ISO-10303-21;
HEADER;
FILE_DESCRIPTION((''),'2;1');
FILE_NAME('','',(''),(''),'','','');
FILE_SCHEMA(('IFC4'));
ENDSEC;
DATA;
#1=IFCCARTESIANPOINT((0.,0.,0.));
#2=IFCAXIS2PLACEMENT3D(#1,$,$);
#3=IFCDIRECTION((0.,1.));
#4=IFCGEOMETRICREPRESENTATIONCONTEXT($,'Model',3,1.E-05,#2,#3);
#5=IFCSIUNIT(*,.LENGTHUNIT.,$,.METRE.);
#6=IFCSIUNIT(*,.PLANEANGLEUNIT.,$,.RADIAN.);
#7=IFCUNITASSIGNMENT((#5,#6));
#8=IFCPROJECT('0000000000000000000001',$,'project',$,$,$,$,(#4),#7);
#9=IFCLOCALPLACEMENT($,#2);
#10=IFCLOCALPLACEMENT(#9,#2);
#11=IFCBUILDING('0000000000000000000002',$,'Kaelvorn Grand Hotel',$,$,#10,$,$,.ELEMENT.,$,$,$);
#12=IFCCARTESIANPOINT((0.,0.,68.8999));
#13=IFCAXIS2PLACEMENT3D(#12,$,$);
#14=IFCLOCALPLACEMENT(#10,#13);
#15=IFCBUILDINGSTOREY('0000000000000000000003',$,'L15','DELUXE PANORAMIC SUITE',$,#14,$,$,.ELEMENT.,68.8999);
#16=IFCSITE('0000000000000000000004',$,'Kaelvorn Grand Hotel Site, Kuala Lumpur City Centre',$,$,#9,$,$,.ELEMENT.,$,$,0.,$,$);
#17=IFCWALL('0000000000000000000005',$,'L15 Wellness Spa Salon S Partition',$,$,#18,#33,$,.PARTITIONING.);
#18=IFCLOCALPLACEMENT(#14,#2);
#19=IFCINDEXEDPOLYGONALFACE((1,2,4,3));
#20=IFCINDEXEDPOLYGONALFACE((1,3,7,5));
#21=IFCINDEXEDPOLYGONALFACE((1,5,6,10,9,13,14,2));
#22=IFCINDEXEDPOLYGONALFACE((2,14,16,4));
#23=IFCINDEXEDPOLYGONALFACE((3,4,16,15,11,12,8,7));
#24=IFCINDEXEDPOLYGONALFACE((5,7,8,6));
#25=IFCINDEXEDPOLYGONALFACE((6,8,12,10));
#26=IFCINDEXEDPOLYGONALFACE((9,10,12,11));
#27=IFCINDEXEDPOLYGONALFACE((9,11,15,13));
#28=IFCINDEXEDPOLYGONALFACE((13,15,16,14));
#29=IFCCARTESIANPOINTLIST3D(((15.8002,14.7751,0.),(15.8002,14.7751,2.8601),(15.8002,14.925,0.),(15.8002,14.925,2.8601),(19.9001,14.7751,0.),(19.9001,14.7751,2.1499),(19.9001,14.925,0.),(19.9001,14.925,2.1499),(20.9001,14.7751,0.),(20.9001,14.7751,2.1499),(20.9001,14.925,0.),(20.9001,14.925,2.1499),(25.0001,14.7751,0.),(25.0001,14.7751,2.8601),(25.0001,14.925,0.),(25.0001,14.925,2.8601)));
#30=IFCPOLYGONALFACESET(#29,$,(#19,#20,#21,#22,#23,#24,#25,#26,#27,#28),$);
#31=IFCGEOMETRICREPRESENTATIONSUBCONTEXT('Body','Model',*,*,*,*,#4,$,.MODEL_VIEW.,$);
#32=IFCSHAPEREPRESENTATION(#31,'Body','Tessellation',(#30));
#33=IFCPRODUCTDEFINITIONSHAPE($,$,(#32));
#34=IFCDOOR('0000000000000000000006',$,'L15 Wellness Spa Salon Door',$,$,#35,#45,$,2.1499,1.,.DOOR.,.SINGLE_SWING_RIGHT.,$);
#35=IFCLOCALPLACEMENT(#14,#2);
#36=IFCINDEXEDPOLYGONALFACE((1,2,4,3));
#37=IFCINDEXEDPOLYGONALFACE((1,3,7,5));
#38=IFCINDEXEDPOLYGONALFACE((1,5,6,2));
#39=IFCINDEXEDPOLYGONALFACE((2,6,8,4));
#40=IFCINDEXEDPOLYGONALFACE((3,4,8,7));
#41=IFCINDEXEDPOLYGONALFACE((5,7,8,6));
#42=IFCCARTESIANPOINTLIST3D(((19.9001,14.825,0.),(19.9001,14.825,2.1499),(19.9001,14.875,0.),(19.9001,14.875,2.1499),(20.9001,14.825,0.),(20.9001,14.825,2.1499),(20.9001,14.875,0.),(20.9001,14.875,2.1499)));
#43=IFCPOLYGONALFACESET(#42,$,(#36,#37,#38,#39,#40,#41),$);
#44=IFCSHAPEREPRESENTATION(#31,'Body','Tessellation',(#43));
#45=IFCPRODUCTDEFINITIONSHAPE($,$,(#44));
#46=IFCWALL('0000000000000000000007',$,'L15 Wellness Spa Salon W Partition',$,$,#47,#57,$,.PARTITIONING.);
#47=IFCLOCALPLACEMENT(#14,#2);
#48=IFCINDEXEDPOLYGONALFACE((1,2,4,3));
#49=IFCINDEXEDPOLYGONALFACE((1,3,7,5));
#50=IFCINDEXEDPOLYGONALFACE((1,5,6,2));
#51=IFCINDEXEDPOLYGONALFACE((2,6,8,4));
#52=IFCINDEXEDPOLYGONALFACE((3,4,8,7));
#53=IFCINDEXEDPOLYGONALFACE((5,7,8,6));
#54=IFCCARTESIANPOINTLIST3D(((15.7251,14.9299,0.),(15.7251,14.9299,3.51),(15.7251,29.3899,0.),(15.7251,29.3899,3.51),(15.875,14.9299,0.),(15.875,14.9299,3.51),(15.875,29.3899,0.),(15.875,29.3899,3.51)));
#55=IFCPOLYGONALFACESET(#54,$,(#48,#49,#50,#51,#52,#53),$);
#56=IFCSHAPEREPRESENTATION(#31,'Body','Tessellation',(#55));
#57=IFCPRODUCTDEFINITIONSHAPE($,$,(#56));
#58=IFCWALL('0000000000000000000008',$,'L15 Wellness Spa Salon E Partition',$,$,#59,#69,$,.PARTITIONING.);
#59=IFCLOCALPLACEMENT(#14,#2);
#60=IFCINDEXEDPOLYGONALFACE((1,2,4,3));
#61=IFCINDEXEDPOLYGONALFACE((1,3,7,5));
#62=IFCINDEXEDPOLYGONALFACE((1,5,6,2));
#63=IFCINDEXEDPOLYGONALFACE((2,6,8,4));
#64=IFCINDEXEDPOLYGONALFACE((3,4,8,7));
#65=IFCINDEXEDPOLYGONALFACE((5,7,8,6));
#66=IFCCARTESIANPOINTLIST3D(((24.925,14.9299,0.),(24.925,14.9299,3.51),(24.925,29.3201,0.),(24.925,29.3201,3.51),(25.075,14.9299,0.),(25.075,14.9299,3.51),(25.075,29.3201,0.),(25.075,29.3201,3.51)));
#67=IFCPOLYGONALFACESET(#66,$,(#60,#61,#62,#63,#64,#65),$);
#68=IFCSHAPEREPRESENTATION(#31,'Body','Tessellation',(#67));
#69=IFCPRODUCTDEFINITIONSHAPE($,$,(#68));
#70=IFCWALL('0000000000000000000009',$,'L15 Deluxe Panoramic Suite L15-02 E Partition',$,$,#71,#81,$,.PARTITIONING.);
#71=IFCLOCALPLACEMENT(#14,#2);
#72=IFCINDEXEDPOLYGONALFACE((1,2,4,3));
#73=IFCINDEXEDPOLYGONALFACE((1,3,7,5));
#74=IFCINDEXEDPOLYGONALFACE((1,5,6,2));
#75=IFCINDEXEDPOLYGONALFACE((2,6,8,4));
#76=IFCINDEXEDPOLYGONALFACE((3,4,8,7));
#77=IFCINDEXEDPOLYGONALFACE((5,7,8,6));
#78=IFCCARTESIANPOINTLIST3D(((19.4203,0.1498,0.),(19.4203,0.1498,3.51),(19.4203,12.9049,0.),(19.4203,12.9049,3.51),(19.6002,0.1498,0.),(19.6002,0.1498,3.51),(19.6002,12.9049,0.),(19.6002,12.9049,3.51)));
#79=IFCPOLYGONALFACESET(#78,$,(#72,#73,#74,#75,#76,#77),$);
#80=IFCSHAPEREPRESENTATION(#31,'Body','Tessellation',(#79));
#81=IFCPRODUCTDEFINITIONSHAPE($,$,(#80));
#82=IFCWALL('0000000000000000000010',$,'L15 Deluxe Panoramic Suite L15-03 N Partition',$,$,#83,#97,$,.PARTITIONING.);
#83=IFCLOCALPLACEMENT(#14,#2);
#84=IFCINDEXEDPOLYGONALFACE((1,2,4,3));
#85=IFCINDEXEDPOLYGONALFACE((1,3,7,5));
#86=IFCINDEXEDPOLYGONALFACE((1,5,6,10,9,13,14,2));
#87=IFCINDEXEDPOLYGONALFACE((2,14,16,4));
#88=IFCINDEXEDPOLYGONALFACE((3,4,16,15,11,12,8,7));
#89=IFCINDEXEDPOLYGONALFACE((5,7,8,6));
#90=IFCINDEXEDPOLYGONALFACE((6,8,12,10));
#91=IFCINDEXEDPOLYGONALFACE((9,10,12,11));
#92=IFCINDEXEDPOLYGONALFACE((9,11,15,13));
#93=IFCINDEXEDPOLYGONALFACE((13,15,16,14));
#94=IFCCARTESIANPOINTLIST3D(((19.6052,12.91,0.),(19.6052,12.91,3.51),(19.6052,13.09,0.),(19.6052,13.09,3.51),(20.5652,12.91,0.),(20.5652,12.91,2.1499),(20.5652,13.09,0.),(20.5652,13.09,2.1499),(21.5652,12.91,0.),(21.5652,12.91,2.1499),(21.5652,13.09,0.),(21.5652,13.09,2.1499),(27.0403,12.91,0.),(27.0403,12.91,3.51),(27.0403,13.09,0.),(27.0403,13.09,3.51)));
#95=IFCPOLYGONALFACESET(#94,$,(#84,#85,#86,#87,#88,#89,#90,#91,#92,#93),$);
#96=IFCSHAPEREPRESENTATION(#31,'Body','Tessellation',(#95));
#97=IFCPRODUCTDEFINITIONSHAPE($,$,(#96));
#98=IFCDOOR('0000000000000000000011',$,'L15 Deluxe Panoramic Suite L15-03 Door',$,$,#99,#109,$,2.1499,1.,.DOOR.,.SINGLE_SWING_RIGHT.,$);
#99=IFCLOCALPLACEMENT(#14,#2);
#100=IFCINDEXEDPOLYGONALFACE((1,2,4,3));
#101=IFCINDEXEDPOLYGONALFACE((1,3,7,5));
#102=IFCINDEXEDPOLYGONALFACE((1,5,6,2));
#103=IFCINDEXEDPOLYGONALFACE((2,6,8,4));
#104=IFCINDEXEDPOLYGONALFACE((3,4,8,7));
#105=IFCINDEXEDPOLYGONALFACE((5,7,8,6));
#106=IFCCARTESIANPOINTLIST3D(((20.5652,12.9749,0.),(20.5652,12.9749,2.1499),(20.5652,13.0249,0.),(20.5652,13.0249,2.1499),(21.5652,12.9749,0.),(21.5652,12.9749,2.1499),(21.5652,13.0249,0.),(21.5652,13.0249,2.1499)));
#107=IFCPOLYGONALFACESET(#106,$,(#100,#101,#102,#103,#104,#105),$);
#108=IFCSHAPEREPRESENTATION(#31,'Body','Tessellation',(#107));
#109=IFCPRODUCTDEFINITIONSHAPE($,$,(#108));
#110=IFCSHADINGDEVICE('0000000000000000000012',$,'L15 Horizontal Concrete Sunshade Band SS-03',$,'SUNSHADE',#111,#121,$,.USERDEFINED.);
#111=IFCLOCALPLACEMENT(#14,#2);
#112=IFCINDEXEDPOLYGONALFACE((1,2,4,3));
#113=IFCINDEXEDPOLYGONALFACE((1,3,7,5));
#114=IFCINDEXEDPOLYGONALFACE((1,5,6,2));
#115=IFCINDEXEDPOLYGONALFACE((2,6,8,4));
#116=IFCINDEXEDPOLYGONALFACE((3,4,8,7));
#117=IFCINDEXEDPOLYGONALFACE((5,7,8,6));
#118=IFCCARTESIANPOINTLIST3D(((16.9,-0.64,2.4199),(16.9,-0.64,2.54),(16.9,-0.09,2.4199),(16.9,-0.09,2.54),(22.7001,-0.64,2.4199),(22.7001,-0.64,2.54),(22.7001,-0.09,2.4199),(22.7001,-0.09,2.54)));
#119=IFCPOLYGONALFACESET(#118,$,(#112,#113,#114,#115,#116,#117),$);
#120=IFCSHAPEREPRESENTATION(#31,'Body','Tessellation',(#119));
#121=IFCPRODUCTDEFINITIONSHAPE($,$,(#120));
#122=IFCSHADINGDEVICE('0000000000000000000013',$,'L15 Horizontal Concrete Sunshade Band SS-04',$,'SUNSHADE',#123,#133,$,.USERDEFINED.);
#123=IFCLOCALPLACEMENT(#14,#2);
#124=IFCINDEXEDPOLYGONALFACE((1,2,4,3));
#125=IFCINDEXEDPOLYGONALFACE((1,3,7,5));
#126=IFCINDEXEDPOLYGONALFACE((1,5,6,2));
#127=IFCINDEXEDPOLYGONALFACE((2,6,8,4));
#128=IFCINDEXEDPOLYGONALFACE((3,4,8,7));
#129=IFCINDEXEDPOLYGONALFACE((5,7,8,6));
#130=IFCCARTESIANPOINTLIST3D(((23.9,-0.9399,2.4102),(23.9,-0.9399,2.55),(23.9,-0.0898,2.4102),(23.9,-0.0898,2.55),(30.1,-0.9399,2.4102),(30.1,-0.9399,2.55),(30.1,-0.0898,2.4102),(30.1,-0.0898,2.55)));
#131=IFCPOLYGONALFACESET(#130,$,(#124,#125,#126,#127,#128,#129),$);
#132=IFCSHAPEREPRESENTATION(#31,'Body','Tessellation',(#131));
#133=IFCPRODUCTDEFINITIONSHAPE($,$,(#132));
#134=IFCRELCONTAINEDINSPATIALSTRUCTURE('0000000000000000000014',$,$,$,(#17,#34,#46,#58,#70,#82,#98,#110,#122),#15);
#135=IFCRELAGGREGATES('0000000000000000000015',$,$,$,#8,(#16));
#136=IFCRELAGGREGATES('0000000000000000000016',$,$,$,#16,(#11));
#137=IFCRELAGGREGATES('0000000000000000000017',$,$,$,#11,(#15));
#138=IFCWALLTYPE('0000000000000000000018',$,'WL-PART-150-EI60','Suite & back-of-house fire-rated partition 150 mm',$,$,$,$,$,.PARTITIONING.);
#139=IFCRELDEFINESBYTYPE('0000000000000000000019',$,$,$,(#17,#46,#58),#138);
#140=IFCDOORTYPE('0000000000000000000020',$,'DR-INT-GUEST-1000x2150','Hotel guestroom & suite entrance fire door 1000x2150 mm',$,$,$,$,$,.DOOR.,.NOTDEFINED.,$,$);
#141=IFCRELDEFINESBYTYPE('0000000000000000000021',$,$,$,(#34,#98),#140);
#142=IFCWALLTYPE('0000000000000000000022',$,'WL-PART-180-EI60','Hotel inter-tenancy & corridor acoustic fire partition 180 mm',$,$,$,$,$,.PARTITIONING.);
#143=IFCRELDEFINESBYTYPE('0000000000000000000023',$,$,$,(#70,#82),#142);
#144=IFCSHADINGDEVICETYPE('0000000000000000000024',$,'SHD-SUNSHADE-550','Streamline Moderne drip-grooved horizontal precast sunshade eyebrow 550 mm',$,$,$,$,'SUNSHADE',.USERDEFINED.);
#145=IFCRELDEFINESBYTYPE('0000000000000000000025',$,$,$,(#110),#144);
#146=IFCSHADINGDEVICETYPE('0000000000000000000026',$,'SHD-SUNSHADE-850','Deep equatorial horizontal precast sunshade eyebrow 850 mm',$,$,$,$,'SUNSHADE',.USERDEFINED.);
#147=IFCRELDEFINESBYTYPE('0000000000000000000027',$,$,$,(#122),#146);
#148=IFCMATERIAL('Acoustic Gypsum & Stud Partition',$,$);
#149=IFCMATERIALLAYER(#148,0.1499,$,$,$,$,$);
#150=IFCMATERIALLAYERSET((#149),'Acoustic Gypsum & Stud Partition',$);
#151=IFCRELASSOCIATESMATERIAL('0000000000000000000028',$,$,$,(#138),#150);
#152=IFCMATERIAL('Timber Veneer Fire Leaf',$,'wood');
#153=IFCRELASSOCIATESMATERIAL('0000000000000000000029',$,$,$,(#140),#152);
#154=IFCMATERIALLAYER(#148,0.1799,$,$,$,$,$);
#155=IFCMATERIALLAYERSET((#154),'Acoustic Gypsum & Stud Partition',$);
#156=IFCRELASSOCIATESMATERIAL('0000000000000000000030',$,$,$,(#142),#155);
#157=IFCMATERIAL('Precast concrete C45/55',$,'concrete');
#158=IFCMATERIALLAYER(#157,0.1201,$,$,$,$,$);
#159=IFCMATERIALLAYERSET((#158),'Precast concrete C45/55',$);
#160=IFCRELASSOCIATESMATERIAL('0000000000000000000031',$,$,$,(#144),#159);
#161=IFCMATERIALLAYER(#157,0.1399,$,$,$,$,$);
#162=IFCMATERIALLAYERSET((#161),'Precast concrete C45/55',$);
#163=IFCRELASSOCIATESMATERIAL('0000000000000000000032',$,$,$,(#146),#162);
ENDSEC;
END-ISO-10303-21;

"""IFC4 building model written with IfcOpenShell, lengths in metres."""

from ifc_helpers import new_model, si_unit, direction, frame, frame_2d, origin, origin_2d, place, context, subcontext, project, spatial, rectangle, extrude, material, layer, layer_set, type_object, element, fill, save


model = new_model("IFC4")

# Units and contexts
model_context = context("Model", 3, precision=1e-05, world=origin(), true_north=direction((0.0, 1.0)))
body_context = subcontext(model_context, "Body", "Model", "MODEL_VIEW")
ifc_project = project(units=[si_unit("LENGTHUNIT", "METRE"), si_unit("PLANEANGLEUNIT", "RADIAN")], contexts=[model_context])

# Site, building, storey
site_placement = place(None, origin())
site = spatial("IfcSite", under=ifc_project, at=site_placement, Name="Kaelvorn Grand Hotel Site, Kuala Lumpur City Centre", CompositionType="ELEMENT", RefElevation=0.0)
building_placement = place(site_placement, origin())
building = spatial("IfcBuilding", under=site, at=building_placement, Name="Kaelvorn Grand Hotel", CompositionType="ELEMENT")
storey_placement = place(building_placement, frame((0.0, 0.0, 68.8999)))
storey = spatial("IfcBuildingStorey", under=building, at=storey_placement, Name="L15", Description="DELUXE PANORAMIC SUITE", CompositionType="ELEMENT", Elevation=68.8999)

# Wall, opening, door
ifc_material_1 = material(Name="Acoustic Gypsum & Stud Partition")
ifc_layer_1 = layer(ifc_material_1, 0.1499)
ifc_layer_set_1 = layer_set([ifc_layer_1], Name="Acoustic Gypsum & Stud Partition")
wall_type_1 = type_object("IfcWallType", Name="WL-PART-150-EI60", Description="Suite & back-of-house fire-rated partition 150 mm", PredefinedType="PARTITIONING", material=ifc_layer_set_1)
wall_1_placement = place(storey_placement, frame((15.8, 14.8501, 0.0), z_axis=(0.0, 0.0, 1.0), x_axis=(1.0, 0.0, 0.0)))
wall_1 = element("IfcWall", 1, at=wall_1_placement, inside=storey, type_object=wall_type_1, Name="L15 Wellness Spa Salon S Partition", PredefinedType="PARTITIONING", context=body_context, shape_type="SweptSolid", body=[
    extrude(rectangle(XDim=9.2, YDim=0.1499, at=frame_2d((4.6001, 0.0))), origin(), (0.0, 0.0, 1.0), 2.8601),
])
opening_1_placement = place(wall_1_placement, frame((4.1001, 0.0, 0.0)))
opening_1 = element("IfcOpeningElement", 2, at=opening_1_placement, cuts=wall_1, PredefinedType="OPENING", context=body_context, shape_type="SweptSolid", body=[
    extrude(rectangle(XDim=1.0, YDim=2.1499, at=frame_2d((0.5, 1.075))), frame((0.0, 0.085, 0.0), z_axis=(0.0, -1.0, 0.0), x_axis=(1.0, 0.0, 0.0)), (0.0, 0.0, 1.0), 0.1699),
])
ifc_material_2 = material(Name="Timber Veneer Fire Leaf", Category="wood")
door_type_1 = type_object("IfcDoorType", Name="DR-INT-GUEST-1000x2150", Description="Hotel guestroom & suite entrance fire door 1000x2150 mm", OperationType="NOTDEFINED", PredefinedType="DOOR", material=ifc_material_2)
door_1_placement = place(opening_1_placement, origin())
door_1 = element("IfcDoor", 3, at=door_1_placement, inside=storey, type_object=door_type_1, Name="L15 Wellness Spa Salon Door", OperationType="SINGLE_SWING_RIGHT", OverallHeight=2.1499, OverallWidth=1.0, PredefinedType="DOOR", context=body_context, shape_type="SweptSolid", body=[
    extrude(rectangle(XDim=1.0, YDim=2.1499, at=frame_2d((0.5, 1.075))), frame((0.0, 0.0249, 0.0), z_axis=(0.0, -1.0, 0.0), x_axis=(1.0, 0.0, 0.0)), (0.0, 0.0, 1.0), 0.05),
])
fill(opening_1, door_1)

# Walls
wall_2_placement = place(storey_placement, frame((15.8, 14.9299, 0.0), z_axis=(0.0, 0.0, 1.0), x_axis=(0.0, 1.0, 0.0)))
element("IfcWall", 4, at=wall_2_placement, inside=storey, type_object=wall_type_1, Name="L15 Wellness Spa Salon W Partition", PredefinedType="PARTITIONING", context=body_context, shape_type="SweptSolid", body=[
    extrude(rectangle(XDim=14.46, YDim=0.1499, at=frame_2d((7.23, 0.0))), origin(), (0.0, 0.0, 1.0), 3.51),
])
wall_3_placement = place(storey_placement, frame((25.0, 14.9299, 0.0), z_axis=(0.0, 0.0, 1.0), x_axis=(0.0, 1.0, 0.0)))
element("IfcWall", 5, at=wall_3_placement, inside=storey, type_object=wall_type_1, Name="L15 Wellness Spa Salon E Partition", PredefinedType="PARTITIONING", context=body_context, shape_type="SweptSolid", body=[
    extrude(rectangle(XDim=14.3901, YDim=0.1499, at=frame_2d((7.1951, 0.0))), origin(), (0.0, 0.0, 1.0), 3.51),
])
ifc_layer_2 = layer(ifc_material_1, 0.1799)
ifc_layer_set_2 = layer_set([ifc_layer_2], Name="Acoustic Gypsum & Stud Partition")
wall_type_2 = type_object("IfcWallType", Name="WL-PART-180-EI60", Description="Hotel inter-tenancy & corridor acoustic fire partition 180 mm", PredefinedType="PARTITIONING", material=ifc_layer_set_2)
wall_4_placement = place(storey_placement, frame((19.5103, 0.1499, 0.0), z_axis=(0.0, 0.0, 1.0), x_axis=(0.0, 1.0, 0.0)))
element("IfcWall", 6, at=wall_4_placement, inside=storey, type_object=wall_type_2, Name="L15 Deluxe Panoramic Suite L15-02 E Partition", PredefinedType="PARTITIONING", context=body_context, shape_type="SweptSolid", body=[
    extrude(rectangle(XDim=12.7551, YDim=0.1799, at=frame_2d((6.3774, 0.0))), origin(), (0.0, 0.0, 1.0), 3.51),
])

# Wall, opening, door
wall_5_placement = place(storey_placement, frame((19.6052, 13.0, 0.0), z_axis=(0.0, 0.0, 1.0), x_axis=(1.0, 0.0, 0.0)))
wall_5 = element("IfcWall", 7, at=wall_5_placement, inside=storey, type_object=wall_type_2, Name="L15 Deluxe Panoramic Suite L15-03 N Partition", PredefinedType="PARTITIONING", context=body_context, shape_type="SweptSolid", body=[
    extrude(rectangle(XDim=7.4351, YDim=0.1799, at=frame_2d((3.7175, 0.0))), origin(), (0.0, 0.0, 1.0), 3.51),
])
opening_2_placement = place(wall_5_placement, frame((0.96, 0.0, 0.0)))
opening_2 = element("IfcOpeningElement", 8, at=opening_2_placement, cuts=wall_5, PredefinedType="OPENING", context=body_context, shape_type="SweptSolid", body=[
    extrude(rectangle(XDim=1.0, YDim=2.1499, at=frame_2d((0.5, 1.075))), frame((0.0, 0.1001, 0.0), z_axis=(0.0, -1.0, 0.0), x_axis=(1.0, 0.0, 0.0)), (0.0, 0.0, 1.0), 0.2),
])
door_2_placement = place(opening_2_placement, origin())
door_2 = element("IfcDoor", 9, at=door_2_placement, inside=storey, type_object=door_type_1, Name="L15 Deluxe Panoramic Suite L15-03 Door", OperationType="SINGLE_SWING_RIGHT", OverallHeight=2.1499, OverallWidth=1.0, PredefinedType="DOOR", context=body_context, shape_type="SweptSolid", body=[
    extrude(rectangle(XDim=1.0, YDim=2.1499, at=frame_2d((0.5, 1.075))), frame((0.0, 0.0249, 0.0), z_axis=(0.0, -1.0, 0.0), x_axis=(1.0, 0.0, 0.0)), (0.0, 0.0, 1.0), 0.05),
])
fill(opening_2, door_2)

# Shading devices
ifc_material_3 = material(Name="Precast concrete C45/55", Category="concrete")
ifc_layer_3 = layer(ifc_material_3, 0.1201)
ifc_layer_set_3 = layer_set([ifc_layer_3], Name="Precast concrete C45/55")
shading_device_type_1 = type_object("IfcShadingDeviceType", Name="SHD-SUNSHADE-550", Description="Streamline Moderne drip-grooved horizontal precast sunshade eyebrow 550 mm", ElementType="SUNSHADE", PredefinedType="USERDEFINED", material=ifc_layer_set_3)
shading_device_1_placement = place(storey_placement, frame((19.8, -0.365, 2.4199), z_axis=(0.0, 0.0, 1.0), x_axis=(1.0, 0.0, 0.0)))
element("IfcShadingDevice", 10, at=shading_device_1_placement, inside=storey, type_object=shading_device_type_1, Name="L15 Horizontal Concrete Sunshade Band SS-03", ObjectType="SUNSHADE", PredefinedType="USERDEFINED", context=body_context, shape_type="SweptSolid", body=[
    extrude(rectangle(XDim=5.8, YDim=0.55, at=origin_2d()), origin(), (0.0, 0.0, 1.0), 0.1201),
])
ifc_layer_4 = layer(ifc_material_3, 0.1399)
ifc_layer_set_4 = layer_set([ifc_layer_4], Name="Precast concrete C45/55")
shading_device_type_2 = type_object("IfcShadingDeviceType", Name="SHD-SUNSHADE-850", Description="Deep equatorial horizontal precast sunshade eyebrow 850 mm", ElementType="SUNSHADE", PredefinedType="USERDEFINED", material=ifc_layer_set_4)
shading_device_2_placement = place(storey_placement, frame((27.0, -0.5149, 2.4102), z_axis=(0.0, 0.0, 1.0), x_axis=(1.0, 0.0, 0.0)))
element("IfcShadingDevice", 11, at=shading_device_2_placement, inside=storey, type_object=shading_device_type_2, Name="L15 Horizontal Concrete Sunshade Band SS-04", ObjectType="SUNSHADE", PredefinedType="USERDEFINED", context=body_context, shape_type="SweptSolid", body=[
    extrude(rectangle(XDim=6.2, YDim=0.8501, at=origin_2d()), origin(), (0.0, 0.0, 1.0), 0.1399),
])

save(model, "model.ifc")
